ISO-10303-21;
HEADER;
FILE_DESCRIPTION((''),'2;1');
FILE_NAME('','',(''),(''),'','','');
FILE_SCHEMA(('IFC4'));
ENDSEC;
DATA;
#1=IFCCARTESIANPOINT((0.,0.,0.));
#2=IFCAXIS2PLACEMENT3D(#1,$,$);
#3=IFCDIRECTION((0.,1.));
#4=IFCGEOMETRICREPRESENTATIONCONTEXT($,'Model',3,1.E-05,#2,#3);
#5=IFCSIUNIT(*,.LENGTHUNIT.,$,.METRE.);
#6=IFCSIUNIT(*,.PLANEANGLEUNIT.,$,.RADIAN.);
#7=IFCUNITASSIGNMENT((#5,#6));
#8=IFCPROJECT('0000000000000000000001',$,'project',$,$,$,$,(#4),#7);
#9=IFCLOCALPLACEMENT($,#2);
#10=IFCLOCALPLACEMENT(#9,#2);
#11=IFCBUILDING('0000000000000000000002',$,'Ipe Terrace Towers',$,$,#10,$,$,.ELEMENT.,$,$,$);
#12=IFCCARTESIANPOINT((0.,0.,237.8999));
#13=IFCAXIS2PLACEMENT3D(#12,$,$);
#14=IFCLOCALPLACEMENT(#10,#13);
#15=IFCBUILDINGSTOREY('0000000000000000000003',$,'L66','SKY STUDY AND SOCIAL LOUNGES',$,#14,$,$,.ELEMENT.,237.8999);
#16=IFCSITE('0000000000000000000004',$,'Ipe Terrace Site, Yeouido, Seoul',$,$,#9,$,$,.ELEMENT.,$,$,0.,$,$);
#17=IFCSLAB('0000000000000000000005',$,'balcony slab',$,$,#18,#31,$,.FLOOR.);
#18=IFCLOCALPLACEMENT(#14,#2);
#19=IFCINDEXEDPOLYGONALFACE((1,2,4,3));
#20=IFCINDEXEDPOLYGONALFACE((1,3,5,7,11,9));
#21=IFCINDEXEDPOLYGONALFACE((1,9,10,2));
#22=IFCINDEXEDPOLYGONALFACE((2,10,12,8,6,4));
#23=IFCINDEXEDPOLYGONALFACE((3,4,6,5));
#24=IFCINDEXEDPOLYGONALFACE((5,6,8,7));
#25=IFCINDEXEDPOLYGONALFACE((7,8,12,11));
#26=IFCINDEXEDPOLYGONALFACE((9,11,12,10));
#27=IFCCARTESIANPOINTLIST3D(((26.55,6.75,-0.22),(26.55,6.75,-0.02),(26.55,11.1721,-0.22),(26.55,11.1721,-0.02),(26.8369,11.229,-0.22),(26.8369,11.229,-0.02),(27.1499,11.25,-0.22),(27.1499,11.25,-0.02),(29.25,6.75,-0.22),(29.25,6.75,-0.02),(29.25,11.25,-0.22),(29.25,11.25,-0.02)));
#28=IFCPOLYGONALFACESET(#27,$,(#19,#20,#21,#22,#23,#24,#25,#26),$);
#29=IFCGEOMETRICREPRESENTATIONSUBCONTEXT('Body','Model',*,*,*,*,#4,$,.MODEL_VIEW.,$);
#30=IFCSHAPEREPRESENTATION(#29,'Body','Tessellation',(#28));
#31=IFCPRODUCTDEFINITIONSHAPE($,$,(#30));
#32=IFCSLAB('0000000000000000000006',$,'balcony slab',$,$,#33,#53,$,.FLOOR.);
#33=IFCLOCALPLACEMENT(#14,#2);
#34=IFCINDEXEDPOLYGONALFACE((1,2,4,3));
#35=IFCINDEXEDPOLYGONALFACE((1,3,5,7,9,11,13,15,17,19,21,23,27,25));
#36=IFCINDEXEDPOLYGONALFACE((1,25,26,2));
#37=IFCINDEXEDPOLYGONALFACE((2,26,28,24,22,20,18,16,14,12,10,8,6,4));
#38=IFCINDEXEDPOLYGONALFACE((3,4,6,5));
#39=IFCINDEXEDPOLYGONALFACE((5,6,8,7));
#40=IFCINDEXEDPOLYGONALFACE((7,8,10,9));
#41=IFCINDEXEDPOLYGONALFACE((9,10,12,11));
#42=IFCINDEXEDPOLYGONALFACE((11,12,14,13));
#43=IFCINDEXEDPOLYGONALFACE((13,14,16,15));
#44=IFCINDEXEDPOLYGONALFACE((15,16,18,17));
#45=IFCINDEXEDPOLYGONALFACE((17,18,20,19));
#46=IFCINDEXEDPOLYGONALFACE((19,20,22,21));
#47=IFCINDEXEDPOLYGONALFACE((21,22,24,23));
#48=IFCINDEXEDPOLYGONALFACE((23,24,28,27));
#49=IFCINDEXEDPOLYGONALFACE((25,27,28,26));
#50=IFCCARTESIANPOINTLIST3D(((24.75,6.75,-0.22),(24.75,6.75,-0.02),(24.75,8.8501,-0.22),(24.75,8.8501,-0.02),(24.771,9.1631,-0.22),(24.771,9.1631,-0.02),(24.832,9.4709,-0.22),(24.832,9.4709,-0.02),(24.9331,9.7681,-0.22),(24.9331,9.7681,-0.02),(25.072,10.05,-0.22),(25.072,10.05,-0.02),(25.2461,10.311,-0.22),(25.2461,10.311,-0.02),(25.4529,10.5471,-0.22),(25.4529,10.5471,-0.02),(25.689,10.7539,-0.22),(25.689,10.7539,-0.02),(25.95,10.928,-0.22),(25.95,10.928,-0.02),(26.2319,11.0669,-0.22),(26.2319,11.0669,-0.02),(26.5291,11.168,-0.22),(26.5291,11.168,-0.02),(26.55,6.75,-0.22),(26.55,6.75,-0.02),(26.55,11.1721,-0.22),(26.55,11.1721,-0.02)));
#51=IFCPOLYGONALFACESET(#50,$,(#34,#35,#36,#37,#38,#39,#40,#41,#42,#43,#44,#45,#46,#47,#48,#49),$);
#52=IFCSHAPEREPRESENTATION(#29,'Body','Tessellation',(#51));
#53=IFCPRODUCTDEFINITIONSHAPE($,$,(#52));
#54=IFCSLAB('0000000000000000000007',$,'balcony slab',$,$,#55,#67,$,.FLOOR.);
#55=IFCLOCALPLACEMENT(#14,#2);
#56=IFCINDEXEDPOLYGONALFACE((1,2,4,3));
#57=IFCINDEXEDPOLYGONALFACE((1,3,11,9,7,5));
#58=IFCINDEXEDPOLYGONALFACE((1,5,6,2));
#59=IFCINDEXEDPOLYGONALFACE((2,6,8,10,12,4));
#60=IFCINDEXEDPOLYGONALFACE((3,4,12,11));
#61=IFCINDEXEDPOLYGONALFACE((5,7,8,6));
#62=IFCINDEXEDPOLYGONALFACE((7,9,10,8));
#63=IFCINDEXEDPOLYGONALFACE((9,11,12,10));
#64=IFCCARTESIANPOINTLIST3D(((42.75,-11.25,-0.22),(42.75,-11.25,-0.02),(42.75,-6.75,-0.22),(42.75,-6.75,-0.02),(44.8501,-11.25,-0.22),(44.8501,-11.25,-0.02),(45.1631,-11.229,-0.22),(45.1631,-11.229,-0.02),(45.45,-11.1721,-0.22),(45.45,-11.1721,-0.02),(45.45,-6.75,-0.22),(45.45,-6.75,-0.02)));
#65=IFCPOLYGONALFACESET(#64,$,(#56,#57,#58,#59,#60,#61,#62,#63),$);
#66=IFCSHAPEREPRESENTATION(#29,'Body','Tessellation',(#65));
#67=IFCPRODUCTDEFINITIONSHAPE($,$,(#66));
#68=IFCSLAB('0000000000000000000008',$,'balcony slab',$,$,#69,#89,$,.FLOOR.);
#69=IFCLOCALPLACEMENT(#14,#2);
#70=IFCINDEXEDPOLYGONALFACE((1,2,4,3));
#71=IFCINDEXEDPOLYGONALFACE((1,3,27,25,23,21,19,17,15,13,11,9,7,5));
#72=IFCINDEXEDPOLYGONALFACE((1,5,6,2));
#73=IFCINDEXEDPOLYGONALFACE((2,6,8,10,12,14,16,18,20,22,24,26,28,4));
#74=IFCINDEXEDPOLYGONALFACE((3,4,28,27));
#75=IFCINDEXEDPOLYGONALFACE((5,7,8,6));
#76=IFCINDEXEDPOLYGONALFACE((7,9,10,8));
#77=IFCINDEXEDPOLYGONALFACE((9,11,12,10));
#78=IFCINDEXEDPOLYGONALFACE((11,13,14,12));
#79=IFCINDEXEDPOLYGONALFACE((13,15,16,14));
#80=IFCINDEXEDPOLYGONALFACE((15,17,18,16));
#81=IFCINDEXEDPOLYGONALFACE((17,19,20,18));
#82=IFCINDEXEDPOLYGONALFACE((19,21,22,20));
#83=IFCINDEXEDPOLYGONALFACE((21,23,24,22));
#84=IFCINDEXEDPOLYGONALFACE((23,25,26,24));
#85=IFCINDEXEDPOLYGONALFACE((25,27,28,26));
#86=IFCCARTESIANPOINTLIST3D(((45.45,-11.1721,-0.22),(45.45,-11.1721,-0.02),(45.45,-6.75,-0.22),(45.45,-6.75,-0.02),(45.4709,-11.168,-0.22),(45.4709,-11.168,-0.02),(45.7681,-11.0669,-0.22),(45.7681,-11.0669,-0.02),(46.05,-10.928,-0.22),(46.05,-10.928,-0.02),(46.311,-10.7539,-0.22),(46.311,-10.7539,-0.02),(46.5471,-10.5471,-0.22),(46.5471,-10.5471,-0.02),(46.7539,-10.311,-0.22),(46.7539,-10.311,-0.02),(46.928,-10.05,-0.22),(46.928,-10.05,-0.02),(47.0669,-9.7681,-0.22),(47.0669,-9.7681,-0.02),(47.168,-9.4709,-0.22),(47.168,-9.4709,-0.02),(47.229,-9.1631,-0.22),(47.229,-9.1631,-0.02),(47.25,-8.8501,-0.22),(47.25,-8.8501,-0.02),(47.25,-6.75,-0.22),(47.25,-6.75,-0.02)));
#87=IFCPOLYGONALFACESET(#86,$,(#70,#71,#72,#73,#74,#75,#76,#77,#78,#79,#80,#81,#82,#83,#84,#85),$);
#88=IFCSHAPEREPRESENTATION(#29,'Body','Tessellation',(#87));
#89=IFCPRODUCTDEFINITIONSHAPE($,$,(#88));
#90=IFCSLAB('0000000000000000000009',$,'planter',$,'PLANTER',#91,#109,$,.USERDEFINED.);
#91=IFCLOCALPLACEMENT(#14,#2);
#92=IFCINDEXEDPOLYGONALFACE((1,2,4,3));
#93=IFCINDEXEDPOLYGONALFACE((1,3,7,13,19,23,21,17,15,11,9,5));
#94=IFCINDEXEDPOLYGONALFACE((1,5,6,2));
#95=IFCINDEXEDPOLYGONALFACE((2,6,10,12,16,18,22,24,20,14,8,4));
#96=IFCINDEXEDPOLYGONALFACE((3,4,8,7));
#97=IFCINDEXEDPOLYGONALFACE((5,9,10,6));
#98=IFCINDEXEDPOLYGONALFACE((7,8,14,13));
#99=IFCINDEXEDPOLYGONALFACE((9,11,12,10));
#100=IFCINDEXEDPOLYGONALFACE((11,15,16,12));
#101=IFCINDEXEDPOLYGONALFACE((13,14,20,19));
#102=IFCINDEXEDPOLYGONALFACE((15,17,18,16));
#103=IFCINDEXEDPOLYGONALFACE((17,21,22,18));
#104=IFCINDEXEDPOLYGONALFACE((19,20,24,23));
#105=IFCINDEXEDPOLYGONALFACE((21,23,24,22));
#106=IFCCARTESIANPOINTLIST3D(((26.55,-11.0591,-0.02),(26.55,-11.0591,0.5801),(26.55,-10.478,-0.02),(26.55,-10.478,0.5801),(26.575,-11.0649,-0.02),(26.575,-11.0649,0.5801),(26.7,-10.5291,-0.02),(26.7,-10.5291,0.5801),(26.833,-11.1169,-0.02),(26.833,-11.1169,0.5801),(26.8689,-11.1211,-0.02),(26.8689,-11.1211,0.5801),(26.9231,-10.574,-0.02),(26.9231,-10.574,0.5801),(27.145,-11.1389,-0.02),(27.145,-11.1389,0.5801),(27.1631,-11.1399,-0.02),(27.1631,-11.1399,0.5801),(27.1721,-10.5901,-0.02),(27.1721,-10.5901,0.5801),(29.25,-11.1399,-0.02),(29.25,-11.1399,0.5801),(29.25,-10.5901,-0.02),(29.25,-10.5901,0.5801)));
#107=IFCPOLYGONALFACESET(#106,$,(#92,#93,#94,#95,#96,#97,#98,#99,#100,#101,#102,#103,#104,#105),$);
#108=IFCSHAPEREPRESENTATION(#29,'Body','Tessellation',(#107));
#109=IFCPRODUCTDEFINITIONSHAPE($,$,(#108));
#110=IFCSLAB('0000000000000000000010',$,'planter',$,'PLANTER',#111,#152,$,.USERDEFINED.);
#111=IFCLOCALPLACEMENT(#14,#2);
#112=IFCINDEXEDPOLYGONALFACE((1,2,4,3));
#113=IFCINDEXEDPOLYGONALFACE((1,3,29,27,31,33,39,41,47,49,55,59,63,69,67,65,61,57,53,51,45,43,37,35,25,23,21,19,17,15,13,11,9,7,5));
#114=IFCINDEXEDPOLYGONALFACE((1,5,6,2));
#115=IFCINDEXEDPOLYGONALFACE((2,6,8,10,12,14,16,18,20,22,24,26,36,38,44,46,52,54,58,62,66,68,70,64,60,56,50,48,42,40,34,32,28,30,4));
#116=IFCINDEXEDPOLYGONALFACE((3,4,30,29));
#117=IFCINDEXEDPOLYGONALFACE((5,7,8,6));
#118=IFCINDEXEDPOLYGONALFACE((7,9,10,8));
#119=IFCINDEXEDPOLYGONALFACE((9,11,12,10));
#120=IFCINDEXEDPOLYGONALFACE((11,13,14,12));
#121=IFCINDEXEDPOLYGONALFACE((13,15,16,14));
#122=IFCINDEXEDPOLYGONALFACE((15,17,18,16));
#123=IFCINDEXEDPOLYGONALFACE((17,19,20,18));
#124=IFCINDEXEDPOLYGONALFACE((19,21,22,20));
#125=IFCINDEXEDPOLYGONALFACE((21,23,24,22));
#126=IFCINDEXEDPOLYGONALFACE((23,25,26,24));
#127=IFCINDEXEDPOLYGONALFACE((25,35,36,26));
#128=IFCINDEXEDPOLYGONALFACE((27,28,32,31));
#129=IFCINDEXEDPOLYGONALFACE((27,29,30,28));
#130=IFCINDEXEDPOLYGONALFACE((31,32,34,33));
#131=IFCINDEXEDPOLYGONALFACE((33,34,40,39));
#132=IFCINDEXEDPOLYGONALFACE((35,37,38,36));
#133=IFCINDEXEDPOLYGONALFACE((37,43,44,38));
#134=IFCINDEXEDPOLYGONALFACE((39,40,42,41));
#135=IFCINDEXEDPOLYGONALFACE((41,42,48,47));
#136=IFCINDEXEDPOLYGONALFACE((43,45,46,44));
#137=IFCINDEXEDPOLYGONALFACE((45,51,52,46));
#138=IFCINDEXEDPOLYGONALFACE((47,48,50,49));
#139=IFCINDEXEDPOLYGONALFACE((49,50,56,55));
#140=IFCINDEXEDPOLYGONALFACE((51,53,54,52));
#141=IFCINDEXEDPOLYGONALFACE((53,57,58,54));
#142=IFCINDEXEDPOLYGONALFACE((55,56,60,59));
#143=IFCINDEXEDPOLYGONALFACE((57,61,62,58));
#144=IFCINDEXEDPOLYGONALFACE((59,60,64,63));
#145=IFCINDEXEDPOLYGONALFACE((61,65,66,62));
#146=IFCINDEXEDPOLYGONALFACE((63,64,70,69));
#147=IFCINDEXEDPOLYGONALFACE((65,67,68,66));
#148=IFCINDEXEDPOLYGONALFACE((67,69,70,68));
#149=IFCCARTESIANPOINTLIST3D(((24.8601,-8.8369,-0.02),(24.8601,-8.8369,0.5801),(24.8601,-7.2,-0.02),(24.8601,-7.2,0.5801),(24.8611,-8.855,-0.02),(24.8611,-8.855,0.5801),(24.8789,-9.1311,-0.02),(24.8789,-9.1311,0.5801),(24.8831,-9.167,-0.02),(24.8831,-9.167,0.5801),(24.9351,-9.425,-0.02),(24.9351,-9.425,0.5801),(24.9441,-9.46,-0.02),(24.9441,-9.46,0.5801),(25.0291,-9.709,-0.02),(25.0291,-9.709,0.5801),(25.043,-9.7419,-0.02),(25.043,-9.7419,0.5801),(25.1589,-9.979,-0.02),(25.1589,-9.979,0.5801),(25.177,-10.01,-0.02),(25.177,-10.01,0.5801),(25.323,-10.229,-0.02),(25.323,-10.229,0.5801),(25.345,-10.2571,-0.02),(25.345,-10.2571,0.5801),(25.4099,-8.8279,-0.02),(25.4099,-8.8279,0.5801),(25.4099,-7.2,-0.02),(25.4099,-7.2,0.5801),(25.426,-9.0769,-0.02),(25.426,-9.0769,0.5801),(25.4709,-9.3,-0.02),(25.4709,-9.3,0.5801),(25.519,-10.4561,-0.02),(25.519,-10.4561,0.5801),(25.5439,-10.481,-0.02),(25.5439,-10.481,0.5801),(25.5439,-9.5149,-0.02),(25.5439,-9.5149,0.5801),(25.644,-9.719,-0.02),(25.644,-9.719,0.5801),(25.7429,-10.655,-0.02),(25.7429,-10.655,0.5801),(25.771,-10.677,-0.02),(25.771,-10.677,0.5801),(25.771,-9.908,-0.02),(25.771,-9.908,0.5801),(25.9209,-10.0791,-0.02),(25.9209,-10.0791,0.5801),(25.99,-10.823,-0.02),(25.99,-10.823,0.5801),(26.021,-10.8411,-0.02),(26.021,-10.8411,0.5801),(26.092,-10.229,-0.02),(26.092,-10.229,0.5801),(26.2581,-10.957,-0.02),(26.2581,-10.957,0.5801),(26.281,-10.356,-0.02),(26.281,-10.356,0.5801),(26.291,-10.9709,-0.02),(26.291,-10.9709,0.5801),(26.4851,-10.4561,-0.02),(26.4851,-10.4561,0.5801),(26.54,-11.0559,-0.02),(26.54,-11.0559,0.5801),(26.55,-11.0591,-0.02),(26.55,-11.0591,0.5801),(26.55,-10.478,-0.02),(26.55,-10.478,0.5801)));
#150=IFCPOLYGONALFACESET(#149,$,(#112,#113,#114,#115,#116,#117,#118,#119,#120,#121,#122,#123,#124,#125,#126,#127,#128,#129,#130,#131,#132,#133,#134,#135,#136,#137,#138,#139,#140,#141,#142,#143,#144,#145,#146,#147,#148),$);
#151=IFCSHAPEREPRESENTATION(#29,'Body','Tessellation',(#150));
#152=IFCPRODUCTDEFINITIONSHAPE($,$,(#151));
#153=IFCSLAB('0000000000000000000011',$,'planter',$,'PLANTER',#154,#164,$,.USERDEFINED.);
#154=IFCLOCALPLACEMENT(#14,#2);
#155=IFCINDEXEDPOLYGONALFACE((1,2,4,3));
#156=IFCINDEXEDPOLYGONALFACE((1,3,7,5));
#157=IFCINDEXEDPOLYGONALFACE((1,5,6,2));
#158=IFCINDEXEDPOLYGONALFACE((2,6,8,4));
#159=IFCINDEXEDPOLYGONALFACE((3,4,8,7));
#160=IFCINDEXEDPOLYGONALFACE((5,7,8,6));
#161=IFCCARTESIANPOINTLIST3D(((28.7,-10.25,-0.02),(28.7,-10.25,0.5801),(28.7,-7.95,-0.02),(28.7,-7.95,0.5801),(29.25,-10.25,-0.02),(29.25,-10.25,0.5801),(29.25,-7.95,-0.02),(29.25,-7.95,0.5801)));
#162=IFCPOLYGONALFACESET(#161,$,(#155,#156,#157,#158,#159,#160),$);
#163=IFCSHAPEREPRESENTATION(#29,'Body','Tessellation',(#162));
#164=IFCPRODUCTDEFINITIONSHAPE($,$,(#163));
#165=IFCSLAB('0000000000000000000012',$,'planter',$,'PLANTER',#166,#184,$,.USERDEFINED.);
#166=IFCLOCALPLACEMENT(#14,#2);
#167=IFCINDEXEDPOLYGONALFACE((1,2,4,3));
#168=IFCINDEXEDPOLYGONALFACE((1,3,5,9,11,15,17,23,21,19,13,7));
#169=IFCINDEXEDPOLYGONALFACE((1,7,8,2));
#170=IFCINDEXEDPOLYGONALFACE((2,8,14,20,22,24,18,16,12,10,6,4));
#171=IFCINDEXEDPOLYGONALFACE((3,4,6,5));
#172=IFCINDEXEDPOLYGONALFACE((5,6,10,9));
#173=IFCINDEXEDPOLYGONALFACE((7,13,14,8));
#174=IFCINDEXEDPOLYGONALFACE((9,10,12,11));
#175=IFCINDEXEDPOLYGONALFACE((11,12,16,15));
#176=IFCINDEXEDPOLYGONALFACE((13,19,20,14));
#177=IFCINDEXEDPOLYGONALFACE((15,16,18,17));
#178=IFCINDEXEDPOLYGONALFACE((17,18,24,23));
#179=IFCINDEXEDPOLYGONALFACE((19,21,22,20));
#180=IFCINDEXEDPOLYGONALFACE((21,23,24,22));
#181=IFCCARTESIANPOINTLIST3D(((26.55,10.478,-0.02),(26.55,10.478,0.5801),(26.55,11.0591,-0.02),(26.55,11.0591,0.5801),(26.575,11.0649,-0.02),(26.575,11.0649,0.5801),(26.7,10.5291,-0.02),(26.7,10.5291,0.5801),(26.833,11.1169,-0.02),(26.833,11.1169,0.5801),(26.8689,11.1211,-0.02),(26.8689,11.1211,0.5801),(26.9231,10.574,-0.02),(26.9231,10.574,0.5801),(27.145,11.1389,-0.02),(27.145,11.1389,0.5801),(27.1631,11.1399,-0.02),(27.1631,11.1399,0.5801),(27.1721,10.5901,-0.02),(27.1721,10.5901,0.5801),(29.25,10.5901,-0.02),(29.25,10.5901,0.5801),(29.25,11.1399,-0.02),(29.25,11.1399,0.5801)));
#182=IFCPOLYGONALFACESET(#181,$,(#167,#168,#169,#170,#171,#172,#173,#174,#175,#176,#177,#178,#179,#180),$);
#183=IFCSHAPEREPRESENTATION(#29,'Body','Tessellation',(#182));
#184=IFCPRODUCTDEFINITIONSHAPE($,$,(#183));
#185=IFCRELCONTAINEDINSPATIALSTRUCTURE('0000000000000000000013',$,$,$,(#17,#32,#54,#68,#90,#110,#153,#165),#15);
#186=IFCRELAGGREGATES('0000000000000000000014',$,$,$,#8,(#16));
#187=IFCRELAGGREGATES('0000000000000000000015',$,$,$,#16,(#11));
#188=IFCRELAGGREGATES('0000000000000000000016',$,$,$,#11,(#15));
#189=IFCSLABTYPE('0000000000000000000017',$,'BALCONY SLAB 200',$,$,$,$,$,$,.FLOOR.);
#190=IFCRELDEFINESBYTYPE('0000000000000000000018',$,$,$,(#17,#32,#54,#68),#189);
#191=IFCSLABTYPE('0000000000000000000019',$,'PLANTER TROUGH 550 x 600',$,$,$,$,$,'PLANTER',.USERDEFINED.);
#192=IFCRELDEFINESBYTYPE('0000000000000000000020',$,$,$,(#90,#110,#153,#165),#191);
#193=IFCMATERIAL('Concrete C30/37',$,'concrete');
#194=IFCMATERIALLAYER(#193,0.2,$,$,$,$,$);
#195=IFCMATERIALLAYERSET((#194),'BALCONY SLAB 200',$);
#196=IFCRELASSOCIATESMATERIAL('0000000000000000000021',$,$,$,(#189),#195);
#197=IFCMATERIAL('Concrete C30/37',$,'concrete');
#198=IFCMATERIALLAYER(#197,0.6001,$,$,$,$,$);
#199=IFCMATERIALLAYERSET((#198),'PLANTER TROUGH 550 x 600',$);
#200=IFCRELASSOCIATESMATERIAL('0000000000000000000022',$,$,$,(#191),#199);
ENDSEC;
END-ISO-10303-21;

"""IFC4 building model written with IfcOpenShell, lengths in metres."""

from ifc_helpers import new_model, si_unit, direction, frame, origin, place, context, subcontext, project, spatial, polyline, outline, extrude, material, layer, layer_set, type_object, element, save


model = new_model("IFC4")

# Units and contexts
model_context = context("Model", 3, precision=1e-05, world=origin(), true_north=direction((0.0, 1.0)))
body_context = subcontext(model_context, "Body", "Model", "MODEL_VIEW")
ifc_project = project(units=[si_unit("LENGTHUNIT", "METRE"), si_unit("PLANEANGLEUNIT", "RADIAN")], contexts=[model_context])

# Site, building, storey
site_placement = place(None, origin())
site = spatial("IfcSite", under=ifc_project, at=site_placement, Name="Ipe Terrace Site, Yeouido, Seoul", CompositionType="ELEMENT", RefElevation=0.0)
building_placement = place(site_placement, origin())
building = spatial("IfcBuilding", under=site, at=building_placement, Name="Ipe Terrace Towers", CompositionType="ELEMENT")
storey_placement = place(building_placement, frame((0.0, 0.0, 237.8999)))
storey = spatial("IfcBuildingStorey", under=building, at=storey_placement, Name="L66", Description="SKY STUDY AND SOCIAL LOUNGES", CompositionType="ELEMENT", Elevation=237.8999)

# Slabs
ifc_material_1 = material(Name="Concrete C30/37", Category="concrete")
ifc_layer_1 = layer(ifc_material_1, 0.2)
ifc_layer_set_1 = layer_set([ifc_layer_1], Name="BALCONY SLAB 200")
slab_type_1 = type_object("IfcSlabType", Name="BALCONY SLAB 200", PredefinedType="FLOOR", material=ifc_layer_set_1)
slab_1_placement = place(storey_placement, frame((0.0, 0.0, -0.22)))
element("IfcSlab", 1, at=slab_1_placement, inside=storey, type_object=slab_type_1, Name="balcony slab", PredefinedType="FLOOR", context=body_context, shape_type="SweptSolid", body=[
    extrude(outline(polyline([(26.8369, 11.229), (26.55, 11.1721), (26.55, 6.75), (29.25, 6.75), (29.25, 11.25), (27.1499, 11.25), (26.8369, 11.229)])), origin(), (0.0, 0.0, 1.0), 0.2),
])
slab_2_placement = place(storey_placement, frame((0.0, 0.0, -0.22)))
element("IfcSlab", 2, at=slab_2_placement, inside=storey, type_object=slab_type_1, Name="balcony slab", PredefinedType="FLOOR", context=body_context, shape_type="SweptSolid", body=[
    extrude(outline(polyline([(24.75, 6.75), (26.55, 6.75), (26.55, 11.1721), (26.5291, 11.168), (26.2319, 11.0669), (25.95, 10.928), (25.689, 10.7539), (25.4529, 10.5471), (25.2461, 10.311), (25.072, 10.05), (24.9331, 9.7681), (24.832, 9.4709), (24.771, 9.1631), (24.75, 8.8501), (24.75, 6.75)])), origin(), (0.0, 0.0, 1.0), 0.2),
])
slab_3_placement = place(storey_placement, frame((0.0, 0.0, -0.22)))
element("IfcSlab", 3, at=slab_3_placement, inside=storey, type_object=slab_type_1, Name="balcony slab", PredefinedType="FLOOR", context=body_context, shape_type="SweptSolid", body=[
    extrude(outline(polyline([(45.1631, -11.229), (45.45, -11.1721), (45.45, -6.75), (42.75, -6.75), (42.75, -11.25), (44.8501, -11.25), (45.1631, -11.229)])), origin(), (0.0, 0.0, 1.0), 0.2),
])
slab_4_placement = place(storey_placement, frame((0.0, 0.0, -0.22)))
element("IfcSlab", 4, at=slab_4_placement, inside=storey, type_object=slab_type_1, Name="balcony slab", PredefinedType="FLOOR", context=body_context, shape_type="SweptSolid", body=[
    extrude(outline(polyline([(47.25, -6.75), (45.45, -6.75), (45.45, -11.1721), (45.4709, -11.168), (45.7681, -11.0669), (46.05, -10.928), (46.311, -10.7539), (46.5471, -10.5471), (46.7539, -10.311), (46.928, -10.05), (47.0669, -9.7681), (47.168, -9.4709), (47.229, -9.1631), (47.25, -8.8501), (47.25, -6.75)])), origin(), (0.0, 0.0, 1.0), 0.2),
])
ifc_material_2 = material(Name="Concrete C30/37", Category="concrete")
ifc_layer_2 = layer(ifc_material_2, 0.6001)
ifc_layer_set_2 = layer_set([ifc_layer_2], Name="PLANTER TROUGH 550 x 600")
slab_type_2 = type_object("IfcSlabType", Name="PLANTER TROUGH 550 x 600", ElementType="PLANTER", PredefinedType="USERDEFINED", material=ifc_layer_set_2)
slab_5_placement = place(storey_placement, frame((0.0, 0.0, -0.02)))
element("IfcSlab", 5, at=slab_5_placement, inside=storey, type_object=slab_type_2, Name="planter", ObjectType="PLANTER", PredefinedType="USERDEFINED", context=body_context, shape_type="SweptSolid", body=[
    extrude(outline(polyline([(26.7, -10.5291), (26.55, -10.478), (26.55, -11.0591), (26.575, -11.0649), (26.833, -11.1169), (26.8689, -11.1211), (27.145, -11.1389), (27.1631, -11.1399), (29.25, -11.1399), (29.25, -10.5901), (27.1721, -10.5901), (26.9231, -10.574), (26.7, -10.5291)])), origin(), (0.0, 0.0, 1.0), 0.6001),
])
slab_6_placement = place(storey_placement, frame((0.0, 0.0, -0.02)))
element("IfcSlab", 6, at=slab_6_placement, inside=storey, type_object=slab_type_2, Name="planter", ObjectType="PLANTER", PredefinedType="USERDEFINED", context=body_context, shape_type="SweptSolid", body=[
    extrude(outline(polyline([(26.4851, -10.4561), (26.281, -10.356), (26.092, -10.229), (25.9209, -10.0791), (25.771, -9.908), (25.644, -9.719), (25.5439, -9.5149), (25.4709, -9.3), (25.426, -9.0769), (25.4099, -8.8279), (25.4099, -7.2), (24.8601, -7.2), (24.8601, -8.8369), (24.8611, -8.855), (24.8789, -9.1311), (24.8831, -9.167), (24.9351, -9.425), (24.9441, -9.46), (25.0291, -9.709), (25.043, -9.7419), (25.1589, -9.979), (25.177, -10.01), (25.323, -10.229), (25.345, -10.2571), (25.519, -10.4561), (25.5439, -10.481), (25.7429, -10.655), (25.771, -10.677), (25.99, -10.823), (26.021, -10.8411), (26.2581, -10.957), (26.291, -10.9709), (26.54, -11.0559), (26.55, -11.0591), (26.55, -10.478), (26.4851, -10.4561)])), origin(), (0.0, 0.0, 1.0), 0.6001),
])
slab_7_placement = place(storey_placement, frame((0.0, 0.0, -0.02)))
element("IfcSlab", 7, at=slab_7_placement, inside=storey, type_object=slab_type_2, Name="planter", ObjectType="PLANTER", PredefinedType="USERDEFINED", context=body_context, shape_type="SweptSolid", body=[
    extrude(outline(polyline([(29.25, -7.95), (28.7, -7.95), (28.7, -10.25), (29.25, -10.25), (29.25, -7.95)])), origin(), (0.0, 0.0, 1.0), 0.6001),
])
slab_8_placement = place(storey_placement, frame((0.0, 0.0, -0.02)))
element("IfcSlab", 8, at=slab_8_placement, inside=storey, type_object=slab_type_2, Name="planter", ObjectType="PLANTER", PredefinedType="USERDEFINED", context=body_context, shape_type="SweptSolid", body=[
    extrude(outline(polyline([(26.7, 10.5291), (26.9231, 10.574), (27.1721, 10.5901), (29.25, 10.5901), (29.25, 11.1399), (27.1631, 11.1399), (27.145, 11.1389), (26.8689, 11.1211), (26.833, 11.1169), (26.575, 11.0649), (26.55, 11.0591), (26.55, 10.478), (26.7, 10.5291)])), origin(), (0.0, 0.0, 1.0), 0.6001),
])

save(model, "model.ifc")
